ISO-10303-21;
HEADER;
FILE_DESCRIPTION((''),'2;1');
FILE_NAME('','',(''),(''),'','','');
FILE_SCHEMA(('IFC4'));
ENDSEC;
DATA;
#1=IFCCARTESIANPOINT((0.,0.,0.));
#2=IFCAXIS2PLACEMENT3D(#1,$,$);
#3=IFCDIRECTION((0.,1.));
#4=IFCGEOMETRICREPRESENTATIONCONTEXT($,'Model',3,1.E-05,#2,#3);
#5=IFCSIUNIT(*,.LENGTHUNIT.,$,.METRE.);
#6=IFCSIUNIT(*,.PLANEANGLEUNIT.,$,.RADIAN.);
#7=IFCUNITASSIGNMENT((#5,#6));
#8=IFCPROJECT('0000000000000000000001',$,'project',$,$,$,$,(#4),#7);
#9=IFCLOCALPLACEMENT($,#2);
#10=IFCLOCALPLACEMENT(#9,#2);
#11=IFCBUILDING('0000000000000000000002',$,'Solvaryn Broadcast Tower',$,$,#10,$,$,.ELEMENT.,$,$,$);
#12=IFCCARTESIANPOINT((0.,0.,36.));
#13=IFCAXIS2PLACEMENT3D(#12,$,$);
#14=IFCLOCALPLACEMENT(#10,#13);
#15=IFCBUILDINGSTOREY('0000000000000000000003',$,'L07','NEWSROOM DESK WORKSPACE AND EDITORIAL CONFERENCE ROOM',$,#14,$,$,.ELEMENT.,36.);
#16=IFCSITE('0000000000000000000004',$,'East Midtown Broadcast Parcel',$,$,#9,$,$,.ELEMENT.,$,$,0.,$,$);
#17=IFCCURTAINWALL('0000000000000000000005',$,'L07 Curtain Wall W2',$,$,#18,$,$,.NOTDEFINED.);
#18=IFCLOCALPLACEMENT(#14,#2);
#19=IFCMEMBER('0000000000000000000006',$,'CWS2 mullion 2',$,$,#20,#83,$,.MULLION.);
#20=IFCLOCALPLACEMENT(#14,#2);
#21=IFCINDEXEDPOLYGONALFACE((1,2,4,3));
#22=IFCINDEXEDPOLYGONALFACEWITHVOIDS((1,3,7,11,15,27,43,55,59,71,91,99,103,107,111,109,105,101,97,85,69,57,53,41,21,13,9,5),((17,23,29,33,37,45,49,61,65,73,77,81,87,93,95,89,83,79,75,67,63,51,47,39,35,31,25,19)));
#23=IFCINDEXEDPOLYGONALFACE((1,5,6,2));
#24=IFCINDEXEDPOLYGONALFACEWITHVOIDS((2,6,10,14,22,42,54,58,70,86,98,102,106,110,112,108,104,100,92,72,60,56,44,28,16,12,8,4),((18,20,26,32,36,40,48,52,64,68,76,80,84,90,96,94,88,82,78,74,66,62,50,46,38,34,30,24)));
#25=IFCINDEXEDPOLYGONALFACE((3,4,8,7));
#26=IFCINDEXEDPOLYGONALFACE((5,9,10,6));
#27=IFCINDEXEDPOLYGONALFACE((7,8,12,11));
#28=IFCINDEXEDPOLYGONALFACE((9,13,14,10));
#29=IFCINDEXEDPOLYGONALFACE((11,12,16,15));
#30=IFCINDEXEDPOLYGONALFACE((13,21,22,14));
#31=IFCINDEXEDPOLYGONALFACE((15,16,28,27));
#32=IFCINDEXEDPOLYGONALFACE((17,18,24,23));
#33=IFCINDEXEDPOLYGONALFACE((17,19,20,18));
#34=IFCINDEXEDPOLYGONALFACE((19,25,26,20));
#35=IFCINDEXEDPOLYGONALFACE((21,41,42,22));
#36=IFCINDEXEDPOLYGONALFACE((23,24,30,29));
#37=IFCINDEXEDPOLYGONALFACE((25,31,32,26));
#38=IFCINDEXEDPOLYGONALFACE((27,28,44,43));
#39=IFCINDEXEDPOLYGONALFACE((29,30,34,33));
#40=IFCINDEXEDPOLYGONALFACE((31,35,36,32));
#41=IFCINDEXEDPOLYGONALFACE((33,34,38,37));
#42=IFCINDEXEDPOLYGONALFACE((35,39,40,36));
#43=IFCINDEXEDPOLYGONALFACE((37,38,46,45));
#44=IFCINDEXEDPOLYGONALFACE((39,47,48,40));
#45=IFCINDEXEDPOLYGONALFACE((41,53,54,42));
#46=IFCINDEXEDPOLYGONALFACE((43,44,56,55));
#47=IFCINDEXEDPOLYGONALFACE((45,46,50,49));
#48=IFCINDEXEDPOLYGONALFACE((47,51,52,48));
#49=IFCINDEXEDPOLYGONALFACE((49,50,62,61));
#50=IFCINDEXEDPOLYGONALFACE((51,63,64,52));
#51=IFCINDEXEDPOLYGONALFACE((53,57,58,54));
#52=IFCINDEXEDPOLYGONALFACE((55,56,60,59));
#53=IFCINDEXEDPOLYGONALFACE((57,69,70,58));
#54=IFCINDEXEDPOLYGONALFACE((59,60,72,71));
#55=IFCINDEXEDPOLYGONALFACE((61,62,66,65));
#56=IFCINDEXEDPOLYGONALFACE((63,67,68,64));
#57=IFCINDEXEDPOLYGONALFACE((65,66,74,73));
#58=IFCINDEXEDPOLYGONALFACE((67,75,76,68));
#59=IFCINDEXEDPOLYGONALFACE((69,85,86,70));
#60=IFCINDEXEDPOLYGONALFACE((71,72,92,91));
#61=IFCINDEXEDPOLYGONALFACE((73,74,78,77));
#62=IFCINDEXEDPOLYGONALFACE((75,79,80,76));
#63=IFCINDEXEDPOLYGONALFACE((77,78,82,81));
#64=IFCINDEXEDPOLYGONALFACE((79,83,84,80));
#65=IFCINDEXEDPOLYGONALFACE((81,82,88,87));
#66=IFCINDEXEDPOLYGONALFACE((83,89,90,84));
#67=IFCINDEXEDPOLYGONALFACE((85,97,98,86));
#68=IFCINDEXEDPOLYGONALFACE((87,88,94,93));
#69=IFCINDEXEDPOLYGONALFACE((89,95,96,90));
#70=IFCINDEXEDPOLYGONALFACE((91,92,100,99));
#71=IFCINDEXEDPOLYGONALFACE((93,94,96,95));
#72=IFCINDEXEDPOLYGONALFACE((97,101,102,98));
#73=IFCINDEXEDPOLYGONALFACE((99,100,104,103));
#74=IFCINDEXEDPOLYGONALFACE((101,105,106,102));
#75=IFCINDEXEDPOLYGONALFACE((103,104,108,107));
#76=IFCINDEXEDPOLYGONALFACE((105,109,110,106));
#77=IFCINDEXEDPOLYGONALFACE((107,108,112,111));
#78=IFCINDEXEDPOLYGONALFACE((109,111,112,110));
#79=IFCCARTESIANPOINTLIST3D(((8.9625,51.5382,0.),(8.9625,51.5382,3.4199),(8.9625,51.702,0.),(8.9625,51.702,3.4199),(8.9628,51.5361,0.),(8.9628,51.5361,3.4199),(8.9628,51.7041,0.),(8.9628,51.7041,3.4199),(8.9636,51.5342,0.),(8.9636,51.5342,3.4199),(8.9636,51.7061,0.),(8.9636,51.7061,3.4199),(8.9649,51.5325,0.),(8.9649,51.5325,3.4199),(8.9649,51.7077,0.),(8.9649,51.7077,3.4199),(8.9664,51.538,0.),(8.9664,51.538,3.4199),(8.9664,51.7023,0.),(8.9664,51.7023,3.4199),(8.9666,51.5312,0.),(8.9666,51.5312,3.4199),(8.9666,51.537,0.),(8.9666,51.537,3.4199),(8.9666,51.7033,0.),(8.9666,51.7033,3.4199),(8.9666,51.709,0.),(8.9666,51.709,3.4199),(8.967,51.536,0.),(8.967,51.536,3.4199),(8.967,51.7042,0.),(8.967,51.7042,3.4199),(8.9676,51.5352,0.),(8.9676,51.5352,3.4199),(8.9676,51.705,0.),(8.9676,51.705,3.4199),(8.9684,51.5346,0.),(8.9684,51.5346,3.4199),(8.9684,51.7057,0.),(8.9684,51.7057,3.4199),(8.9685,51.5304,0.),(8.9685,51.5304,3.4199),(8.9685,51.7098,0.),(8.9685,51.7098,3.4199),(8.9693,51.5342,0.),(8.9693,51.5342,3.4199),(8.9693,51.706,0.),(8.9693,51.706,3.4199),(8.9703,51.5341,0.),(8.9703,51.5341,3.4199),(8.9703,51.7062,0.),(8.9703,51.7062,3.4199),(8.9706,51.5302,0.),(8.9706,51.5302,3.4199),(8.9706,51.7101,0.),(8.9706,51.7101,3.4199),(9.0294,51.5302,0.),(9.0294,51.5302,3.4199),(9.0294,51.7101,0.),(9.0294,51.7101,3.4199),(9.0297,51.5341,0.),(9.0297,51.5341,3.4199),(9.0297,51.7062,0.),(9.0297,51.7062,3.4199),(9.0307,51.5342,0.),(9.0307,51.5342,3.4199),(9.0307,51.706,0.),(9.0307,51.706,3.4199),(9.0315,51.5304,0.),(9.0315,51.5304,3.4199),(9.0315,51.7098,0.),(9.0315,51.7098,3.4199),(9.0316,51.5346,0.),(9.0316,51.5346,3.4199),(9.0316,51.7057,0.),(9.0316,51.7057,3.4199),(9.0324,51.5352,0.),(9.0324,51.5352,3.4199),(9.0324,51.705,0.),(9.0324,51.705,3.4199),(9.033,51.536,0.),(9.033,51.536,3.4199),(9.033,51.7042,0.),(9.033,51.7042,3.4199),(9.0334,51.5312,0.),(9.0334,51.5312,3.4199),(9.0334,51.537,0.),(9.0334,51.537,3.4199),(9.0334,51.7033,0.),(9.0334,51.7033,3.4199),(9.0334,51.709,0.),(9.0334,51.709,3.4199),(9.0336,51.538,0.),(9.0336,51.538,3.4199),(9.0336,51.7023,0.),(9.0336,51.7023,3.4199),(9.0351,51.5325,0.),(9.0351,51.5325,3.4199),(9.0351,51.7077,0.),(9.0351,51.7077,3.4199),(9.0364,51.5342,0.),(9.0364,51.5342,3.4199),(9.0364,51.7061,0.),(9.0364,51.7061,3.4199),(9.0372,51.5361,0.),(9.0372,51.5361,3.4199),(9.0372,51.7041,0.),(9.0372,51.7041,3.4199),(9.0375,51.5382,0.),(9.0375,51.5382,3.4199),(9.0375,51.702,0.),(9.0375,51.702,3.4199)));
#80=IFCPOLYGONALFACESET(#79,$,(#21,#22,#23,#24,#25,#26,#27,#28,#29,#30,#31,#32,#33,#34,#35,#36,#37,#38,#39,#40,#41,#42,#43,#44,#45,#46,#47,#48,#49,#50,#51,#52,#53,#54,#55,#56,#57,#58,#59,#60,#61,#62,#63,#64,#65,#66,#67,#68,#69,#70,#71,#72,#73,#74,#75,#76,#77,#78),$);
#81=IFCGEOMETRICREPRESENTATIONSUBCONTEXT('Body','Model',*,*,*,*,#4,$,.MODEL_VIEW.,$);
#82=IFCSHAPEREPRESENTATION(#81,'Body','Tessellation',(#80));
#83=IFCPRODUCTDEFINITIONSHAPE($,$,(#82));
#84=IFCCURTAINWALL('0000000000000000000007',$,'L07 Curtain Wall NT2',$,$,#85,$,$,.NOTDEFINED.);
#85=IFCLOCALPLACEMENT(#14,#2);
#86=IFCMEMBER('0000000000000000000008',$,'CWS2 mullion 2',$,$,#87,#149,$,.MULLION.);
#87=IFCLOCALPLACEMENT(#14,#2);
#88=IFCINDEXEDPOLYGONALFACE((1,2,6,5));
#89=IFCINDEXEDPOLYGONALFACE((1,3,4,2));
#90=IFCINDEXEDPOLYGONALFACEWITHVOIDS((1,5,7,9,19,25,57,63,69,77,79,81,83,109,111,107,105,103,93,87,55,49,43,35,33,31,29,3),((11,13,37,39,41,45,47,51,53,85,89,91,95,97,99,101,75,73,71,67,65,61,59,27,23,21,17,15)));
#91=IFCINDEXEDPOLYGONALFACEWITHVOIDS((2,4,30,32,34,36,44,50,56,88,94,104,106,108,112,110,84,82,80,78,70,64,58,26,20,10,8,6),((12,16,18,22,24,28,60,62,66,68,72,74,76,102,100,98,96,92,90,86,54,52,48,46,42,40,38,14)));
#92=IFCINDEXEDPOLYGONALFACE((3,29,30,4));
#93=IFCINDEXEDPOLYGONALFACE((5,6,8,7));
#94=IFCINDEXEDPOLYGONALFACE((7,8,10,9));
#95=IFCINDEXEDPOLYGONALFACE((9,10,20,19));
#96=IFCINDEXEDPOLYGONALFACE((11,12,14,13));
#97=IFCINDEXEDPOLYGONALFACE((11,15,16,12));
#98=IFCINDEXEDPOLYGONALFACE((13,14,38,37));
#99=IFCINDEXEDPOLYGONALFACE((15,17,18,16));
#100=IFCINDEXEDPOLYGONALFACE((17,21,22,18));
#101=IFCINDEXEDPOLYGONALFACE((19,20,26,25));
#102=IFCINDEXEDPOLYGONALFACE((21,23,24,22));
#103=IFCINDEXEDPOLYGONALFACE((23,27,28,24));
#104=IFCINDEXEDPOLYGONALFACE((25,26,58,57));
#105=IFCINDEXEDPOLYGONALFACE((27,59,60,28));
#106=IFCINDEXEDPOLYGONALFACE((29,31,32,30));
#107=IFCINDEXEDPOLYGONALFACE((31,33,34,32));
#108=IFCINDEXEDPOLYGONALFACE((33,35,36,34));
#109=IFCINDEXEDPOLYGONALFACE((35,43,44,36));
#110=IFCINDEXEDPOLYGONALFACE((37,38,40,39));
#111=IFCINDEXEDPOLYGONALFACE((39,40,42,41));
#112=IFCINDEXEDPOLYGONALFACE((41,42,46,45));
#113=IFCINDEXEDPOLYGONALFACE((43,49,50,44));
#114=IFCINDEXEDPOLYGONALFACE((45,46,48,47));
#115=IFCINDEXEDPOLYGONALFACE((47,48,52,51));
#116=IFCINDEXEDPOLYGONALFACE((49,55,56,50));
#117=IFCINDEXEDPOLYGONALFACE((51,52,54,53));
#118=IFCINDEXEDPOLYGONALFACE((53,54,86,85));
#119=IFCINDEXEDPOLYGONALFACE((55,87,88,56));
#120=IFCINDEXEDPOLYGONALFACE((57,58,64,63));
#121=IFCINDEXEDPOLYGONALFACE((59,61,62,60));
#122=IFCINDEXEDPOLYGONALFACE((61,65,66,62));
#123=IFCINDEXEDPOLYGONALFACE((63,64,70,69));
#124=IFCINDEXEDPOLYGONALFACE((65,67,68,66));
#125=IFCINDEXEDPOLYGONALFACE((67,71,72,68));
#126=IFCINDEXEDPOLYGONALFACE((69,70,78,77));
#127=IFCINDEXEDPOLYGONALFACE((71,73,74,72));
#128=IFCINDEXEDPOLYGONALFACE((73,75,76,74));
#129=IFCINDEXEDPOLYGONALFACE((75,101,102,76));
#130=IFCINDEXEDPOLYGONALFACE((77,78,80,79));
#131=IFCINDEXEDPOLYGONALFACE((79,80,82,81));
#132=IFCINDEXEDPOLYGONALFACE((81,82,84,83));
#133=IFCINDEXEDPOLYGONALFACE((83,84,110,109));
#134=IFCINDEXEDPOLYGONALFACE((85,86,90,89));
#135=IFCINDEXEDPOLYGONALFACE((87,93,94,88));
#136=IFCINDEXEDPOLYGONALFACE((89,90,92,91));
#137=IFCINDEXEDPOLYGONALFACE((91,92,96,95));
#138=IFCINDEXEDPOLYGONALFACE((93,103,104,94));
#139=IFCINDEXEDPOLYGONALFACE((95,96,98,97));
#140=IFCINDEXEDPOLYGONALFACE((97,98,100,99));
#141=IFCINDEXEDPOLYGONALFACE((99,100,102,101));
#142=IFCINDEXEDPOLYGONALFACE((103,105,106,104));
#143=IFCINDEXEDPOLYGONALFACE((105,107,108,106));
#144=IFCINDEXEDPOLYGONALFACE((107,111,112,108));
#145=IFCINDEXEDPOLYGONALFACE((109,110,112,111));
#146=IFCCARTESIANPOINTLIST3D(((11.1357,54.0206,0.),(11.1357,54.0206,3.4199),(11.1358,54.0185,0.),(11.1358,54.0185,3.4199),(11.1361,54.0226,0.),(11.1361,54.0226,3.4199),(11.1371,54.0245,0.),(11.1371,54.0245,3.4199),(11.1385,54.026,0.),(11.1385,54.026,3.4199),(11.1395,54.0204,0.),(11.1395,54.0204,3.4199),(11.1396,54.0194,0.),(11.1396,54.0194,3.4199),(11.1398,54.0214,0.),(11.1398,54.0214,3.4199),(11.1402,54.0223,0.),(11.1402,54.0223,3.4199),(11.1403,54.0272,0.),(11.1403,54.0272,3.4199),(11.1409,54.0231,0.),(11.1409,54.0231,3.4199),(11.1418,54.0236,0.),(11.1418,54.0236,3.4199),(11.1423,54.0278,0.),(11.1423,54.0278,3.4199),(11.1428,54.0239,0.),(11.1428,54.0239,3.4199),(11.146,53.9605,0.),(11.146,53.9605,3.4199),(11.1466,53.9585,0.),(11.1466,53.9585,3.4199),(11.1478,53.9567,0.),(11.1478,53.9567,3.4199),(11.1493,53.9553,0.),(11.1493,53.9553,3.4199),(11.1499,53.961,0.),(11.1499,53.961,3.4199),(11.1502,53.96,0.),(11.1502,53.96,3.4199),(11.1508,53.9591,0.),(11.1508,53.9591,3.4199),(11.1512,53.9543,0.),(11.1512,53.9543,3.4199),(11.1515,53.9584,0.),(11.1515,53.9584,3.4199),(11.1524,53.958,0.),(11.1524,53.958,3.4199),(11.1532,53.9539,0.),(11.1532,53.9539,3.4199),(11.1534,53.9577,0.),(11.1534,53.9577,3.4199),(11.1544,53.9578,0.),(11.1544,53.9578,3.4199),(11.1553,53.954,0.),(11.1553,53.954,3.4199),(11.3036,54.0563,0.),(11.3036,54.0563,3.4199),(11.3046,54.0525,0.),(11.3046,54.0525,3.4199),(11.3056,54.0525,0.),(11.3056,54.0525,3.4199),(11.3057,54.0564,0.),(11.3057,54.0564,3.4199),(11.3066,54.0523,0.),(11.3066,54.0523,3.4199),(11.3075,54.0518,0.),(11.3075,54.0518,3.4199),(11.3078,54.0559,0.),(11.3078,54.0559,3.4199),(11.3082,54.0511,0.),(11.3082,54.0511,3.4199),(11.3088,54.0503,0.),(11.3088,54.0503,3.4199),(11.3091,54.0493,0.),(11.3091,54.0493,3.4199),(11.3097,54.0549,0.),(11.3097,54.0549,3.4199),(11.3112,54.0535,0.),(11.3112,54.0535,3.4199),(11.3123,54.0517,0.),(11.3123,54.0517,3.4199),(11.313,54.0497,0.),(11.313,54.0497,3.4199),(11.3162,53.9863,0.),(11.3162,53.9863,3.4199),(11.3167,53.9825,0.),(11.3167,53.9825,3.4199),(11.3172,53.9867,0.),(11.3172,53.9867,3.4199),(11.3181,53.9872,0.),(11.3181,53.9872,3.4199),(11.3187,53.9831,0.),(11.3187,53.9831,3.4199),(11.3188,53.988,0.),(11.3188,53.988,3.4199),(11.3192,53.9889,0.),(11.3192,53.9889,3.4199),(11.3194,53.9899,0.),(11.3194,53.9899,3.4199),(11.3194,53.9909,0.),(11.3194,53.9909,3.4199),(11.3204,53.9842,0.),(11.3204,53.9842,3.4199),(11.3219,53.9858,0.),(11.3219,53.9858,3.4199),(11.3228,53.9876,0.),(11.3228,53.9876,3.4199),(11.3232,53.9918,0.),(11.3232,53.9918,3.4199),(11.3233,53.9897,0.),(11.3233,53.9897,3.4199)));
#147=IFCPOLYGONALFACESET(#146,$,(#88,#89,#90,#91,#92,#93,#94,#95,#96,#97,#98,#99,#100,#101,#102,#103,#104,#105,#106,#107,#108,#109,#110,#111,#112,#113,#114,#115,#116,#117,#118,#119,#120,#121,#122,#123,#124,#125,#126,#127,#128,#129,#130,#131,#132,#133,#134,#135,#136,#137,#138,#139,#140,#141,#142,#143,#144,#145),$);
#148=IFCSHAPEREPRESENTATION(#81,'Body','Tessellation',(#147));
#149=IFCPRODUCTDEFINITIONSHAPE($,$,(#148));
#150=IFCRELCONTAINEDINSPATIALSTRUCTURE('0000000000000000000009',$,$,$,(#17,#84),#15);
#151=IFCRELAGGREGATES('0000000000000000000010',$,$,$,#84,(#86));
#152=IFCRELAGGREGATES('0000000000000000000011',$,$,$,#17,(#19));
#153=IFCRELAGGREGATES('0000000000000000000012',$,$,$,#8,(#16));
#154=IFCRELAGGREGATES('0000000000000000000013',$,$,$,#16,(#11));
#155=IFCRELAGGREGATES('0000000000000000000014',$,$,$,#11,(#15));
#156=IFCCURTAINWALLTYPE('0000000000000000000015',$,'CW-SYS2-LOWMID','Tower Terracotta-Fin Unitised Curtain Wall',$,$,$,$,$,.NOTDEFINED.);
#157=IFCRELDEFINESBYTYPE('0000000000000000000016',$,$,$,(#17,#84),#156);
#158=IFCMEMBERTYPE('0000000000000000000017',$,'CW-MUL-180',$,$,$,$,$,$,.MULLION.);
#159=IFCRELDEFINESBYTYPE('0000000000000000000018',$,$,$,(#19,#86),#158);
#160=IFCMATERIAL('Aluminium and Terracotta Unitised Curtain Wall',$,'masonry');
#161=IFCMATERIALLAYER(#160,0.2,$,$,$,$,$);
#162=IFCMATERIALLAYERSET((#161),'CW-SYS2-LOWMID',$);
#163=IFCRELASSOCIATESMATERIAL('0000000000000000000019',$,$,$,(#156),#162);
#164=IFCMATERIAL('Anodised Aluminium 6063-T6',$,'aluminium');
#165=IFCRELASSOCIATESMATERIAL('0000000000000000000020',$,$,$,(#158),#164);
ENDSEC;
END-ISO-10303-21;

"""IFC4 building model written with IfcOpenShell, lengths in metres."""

from ifc_helpers import new_model, si_unit, direction, frame, origin, origin_2d, place, context, subcontext, project, spatial, hollow_rectangle, extrude, material, layer, layer_set, material_profile, profile_set, type_object, element, aggregate, save


model = new_model("IFC4")

# Units and contexts
model_context = context("Model", 3, precision=1e-05, world=origin(), true_north=direction((0.0, 1.0)))
body_context = subcontext(model_context, "Body", "Model", "MODEL_VIEW")
ifc_project = project(units=[si_unit("LENGTHUNIT", "METRE"), si_unit("PLANEANGLEUNIT", "RADIAN")], contexts=[model_context])

# Site, building, storey
site_placement = place(None, origin())
site = spatial("IfcSite", under=ifc_project, at=site_placement, Name="East Midtown Broadcast Parcel", CompositionType="ELEMENT", RefElevation=0.0)
building_placement = place(site_placement, origin())
building = spatial("IfcBuilding", under=site, at=building_placement, Name="Solvaryn Broadcast Tower", CompositionType="ELEMENT")
storey_placement = place(building_placement, frame((0.0, 0.0, 36.0)))
storey = spatial("IfcBuildingStorey", under=building, at=storey_placement, Name="L07", Description="NEWSROOM DESK WORKSPACE AND EDITORIAL CONFERENCE ROOM", CompositionType="ELEMENT", Elevation=36.0)

# Shared definitions
ifc_material_1 = material(Name="Aluminium and Terracotta Unitised Curtain Wall", Category="masonry")
ifc_layer_1 = layer(ifc_material_1, 0.2)
ifc_layer_set_1 = layer_set([ifc_layer_1], Name="CW-SYS2-LOWMID")
curtain_wall_type = type_object("IfcCurtainWallType", Name="CW-SYS2-LOWMID", Description="Tower Terracotta-Fin Unitised Curtain Wall", PredefinedType="NOTDEFINED", material=ifc_layer_set_1)
ifc_material_2 = material(Name="Anodised Aluminium 6063-T6", Category="aluminium")
ifc_material_profile_1 = material_profile(ifc_material_2, hollow_rectangle(XDim=0.075, YDim=0.1799, WallThickness=0.0039, InnerFilletRadius=0.0039, OuterFilletRadius=0.0081, at=origin_2d()))
ifc_profile_set_1 = profile_set([ifc_material_profile_1], Name="Anodised Aluminium 6063-T6")
member_type_1 = type_object("IfcMemberType", Name="CW-MUL-180", PredefinedType="MULLION", material=ifc_profile_set_1)

# Curtain wall, member
curtain_wall_1_placement = place(storey_placement, origin())
curtain_wall_1 = element("IfcCurtainWall", 1, at=curtain_wall_1_placement, inside=storey, type_object=curtain_wall_type, Name="L07 Curtain Wall W2", PredefinedType="NOTDEFINED")
member_1_placement = place(storey_placement, frame((9.0, 51.6201, 0.0), z_axis=(0.0, 0.0, 1.0), x_axis=(-1.0, 0.0, 0.0)))
member_1 = element("IfcMember", 2, at=member_1_placement, type_object=member_type_1, Name="CWS2 mullion 2", PredefinedType="MULLION", context=body_context, shape_type="SweptSolid", body=[
    extrude(hollow_rectangle(XDim=0.075, YDim=0.1799, WallThickness=0.0039, InnerFilletRadius=0.0039, OuterFilletRadius=0.0081, at=origin_2d()), origin(), (0.0, 0.0, 1.0), 3.4199),
])

# Curtain wall, member
curtain_wall_2_placement = place(storey_placement, origin())
curtain_wall_2 = element("IfcCurtainWall", 3, at=curtain_wall_2_placement, inside=storey, type_object=curtain_wall_type, Name="L07 Curtain Wall NT2", PredefinedType="NOTDEFINED")
member_2_placement = place(storey_placement, frame((11.2295, 54.0051, 0.0), z_axis=(0.0, 0.0, 1.0), x_axis=(0.173785, -0.984784, 0.0)))
member_2 = element("IfcMember", 4, at=member_2_placement, type_object=member_type_1, Name="CWS2 mullion 2", PredefinedType="MULLION", context=body_context, shape_type="SweptSolid", body=[
    extrude(hollow_rectangle(XDim=0.075, YDim=0.1799, WallThickness=0.0039, InnerFilletRadius=0.0039, OuterFilletRadius=0.0081, at=origin_2d()), origin(), (0.0, 0.0, 1.0), 3.4199),
])
aggregate(curtain_wall_2, [member_2])

aggregate(curtain_wall_1, [member_1])

save(model, "model.ifc")
